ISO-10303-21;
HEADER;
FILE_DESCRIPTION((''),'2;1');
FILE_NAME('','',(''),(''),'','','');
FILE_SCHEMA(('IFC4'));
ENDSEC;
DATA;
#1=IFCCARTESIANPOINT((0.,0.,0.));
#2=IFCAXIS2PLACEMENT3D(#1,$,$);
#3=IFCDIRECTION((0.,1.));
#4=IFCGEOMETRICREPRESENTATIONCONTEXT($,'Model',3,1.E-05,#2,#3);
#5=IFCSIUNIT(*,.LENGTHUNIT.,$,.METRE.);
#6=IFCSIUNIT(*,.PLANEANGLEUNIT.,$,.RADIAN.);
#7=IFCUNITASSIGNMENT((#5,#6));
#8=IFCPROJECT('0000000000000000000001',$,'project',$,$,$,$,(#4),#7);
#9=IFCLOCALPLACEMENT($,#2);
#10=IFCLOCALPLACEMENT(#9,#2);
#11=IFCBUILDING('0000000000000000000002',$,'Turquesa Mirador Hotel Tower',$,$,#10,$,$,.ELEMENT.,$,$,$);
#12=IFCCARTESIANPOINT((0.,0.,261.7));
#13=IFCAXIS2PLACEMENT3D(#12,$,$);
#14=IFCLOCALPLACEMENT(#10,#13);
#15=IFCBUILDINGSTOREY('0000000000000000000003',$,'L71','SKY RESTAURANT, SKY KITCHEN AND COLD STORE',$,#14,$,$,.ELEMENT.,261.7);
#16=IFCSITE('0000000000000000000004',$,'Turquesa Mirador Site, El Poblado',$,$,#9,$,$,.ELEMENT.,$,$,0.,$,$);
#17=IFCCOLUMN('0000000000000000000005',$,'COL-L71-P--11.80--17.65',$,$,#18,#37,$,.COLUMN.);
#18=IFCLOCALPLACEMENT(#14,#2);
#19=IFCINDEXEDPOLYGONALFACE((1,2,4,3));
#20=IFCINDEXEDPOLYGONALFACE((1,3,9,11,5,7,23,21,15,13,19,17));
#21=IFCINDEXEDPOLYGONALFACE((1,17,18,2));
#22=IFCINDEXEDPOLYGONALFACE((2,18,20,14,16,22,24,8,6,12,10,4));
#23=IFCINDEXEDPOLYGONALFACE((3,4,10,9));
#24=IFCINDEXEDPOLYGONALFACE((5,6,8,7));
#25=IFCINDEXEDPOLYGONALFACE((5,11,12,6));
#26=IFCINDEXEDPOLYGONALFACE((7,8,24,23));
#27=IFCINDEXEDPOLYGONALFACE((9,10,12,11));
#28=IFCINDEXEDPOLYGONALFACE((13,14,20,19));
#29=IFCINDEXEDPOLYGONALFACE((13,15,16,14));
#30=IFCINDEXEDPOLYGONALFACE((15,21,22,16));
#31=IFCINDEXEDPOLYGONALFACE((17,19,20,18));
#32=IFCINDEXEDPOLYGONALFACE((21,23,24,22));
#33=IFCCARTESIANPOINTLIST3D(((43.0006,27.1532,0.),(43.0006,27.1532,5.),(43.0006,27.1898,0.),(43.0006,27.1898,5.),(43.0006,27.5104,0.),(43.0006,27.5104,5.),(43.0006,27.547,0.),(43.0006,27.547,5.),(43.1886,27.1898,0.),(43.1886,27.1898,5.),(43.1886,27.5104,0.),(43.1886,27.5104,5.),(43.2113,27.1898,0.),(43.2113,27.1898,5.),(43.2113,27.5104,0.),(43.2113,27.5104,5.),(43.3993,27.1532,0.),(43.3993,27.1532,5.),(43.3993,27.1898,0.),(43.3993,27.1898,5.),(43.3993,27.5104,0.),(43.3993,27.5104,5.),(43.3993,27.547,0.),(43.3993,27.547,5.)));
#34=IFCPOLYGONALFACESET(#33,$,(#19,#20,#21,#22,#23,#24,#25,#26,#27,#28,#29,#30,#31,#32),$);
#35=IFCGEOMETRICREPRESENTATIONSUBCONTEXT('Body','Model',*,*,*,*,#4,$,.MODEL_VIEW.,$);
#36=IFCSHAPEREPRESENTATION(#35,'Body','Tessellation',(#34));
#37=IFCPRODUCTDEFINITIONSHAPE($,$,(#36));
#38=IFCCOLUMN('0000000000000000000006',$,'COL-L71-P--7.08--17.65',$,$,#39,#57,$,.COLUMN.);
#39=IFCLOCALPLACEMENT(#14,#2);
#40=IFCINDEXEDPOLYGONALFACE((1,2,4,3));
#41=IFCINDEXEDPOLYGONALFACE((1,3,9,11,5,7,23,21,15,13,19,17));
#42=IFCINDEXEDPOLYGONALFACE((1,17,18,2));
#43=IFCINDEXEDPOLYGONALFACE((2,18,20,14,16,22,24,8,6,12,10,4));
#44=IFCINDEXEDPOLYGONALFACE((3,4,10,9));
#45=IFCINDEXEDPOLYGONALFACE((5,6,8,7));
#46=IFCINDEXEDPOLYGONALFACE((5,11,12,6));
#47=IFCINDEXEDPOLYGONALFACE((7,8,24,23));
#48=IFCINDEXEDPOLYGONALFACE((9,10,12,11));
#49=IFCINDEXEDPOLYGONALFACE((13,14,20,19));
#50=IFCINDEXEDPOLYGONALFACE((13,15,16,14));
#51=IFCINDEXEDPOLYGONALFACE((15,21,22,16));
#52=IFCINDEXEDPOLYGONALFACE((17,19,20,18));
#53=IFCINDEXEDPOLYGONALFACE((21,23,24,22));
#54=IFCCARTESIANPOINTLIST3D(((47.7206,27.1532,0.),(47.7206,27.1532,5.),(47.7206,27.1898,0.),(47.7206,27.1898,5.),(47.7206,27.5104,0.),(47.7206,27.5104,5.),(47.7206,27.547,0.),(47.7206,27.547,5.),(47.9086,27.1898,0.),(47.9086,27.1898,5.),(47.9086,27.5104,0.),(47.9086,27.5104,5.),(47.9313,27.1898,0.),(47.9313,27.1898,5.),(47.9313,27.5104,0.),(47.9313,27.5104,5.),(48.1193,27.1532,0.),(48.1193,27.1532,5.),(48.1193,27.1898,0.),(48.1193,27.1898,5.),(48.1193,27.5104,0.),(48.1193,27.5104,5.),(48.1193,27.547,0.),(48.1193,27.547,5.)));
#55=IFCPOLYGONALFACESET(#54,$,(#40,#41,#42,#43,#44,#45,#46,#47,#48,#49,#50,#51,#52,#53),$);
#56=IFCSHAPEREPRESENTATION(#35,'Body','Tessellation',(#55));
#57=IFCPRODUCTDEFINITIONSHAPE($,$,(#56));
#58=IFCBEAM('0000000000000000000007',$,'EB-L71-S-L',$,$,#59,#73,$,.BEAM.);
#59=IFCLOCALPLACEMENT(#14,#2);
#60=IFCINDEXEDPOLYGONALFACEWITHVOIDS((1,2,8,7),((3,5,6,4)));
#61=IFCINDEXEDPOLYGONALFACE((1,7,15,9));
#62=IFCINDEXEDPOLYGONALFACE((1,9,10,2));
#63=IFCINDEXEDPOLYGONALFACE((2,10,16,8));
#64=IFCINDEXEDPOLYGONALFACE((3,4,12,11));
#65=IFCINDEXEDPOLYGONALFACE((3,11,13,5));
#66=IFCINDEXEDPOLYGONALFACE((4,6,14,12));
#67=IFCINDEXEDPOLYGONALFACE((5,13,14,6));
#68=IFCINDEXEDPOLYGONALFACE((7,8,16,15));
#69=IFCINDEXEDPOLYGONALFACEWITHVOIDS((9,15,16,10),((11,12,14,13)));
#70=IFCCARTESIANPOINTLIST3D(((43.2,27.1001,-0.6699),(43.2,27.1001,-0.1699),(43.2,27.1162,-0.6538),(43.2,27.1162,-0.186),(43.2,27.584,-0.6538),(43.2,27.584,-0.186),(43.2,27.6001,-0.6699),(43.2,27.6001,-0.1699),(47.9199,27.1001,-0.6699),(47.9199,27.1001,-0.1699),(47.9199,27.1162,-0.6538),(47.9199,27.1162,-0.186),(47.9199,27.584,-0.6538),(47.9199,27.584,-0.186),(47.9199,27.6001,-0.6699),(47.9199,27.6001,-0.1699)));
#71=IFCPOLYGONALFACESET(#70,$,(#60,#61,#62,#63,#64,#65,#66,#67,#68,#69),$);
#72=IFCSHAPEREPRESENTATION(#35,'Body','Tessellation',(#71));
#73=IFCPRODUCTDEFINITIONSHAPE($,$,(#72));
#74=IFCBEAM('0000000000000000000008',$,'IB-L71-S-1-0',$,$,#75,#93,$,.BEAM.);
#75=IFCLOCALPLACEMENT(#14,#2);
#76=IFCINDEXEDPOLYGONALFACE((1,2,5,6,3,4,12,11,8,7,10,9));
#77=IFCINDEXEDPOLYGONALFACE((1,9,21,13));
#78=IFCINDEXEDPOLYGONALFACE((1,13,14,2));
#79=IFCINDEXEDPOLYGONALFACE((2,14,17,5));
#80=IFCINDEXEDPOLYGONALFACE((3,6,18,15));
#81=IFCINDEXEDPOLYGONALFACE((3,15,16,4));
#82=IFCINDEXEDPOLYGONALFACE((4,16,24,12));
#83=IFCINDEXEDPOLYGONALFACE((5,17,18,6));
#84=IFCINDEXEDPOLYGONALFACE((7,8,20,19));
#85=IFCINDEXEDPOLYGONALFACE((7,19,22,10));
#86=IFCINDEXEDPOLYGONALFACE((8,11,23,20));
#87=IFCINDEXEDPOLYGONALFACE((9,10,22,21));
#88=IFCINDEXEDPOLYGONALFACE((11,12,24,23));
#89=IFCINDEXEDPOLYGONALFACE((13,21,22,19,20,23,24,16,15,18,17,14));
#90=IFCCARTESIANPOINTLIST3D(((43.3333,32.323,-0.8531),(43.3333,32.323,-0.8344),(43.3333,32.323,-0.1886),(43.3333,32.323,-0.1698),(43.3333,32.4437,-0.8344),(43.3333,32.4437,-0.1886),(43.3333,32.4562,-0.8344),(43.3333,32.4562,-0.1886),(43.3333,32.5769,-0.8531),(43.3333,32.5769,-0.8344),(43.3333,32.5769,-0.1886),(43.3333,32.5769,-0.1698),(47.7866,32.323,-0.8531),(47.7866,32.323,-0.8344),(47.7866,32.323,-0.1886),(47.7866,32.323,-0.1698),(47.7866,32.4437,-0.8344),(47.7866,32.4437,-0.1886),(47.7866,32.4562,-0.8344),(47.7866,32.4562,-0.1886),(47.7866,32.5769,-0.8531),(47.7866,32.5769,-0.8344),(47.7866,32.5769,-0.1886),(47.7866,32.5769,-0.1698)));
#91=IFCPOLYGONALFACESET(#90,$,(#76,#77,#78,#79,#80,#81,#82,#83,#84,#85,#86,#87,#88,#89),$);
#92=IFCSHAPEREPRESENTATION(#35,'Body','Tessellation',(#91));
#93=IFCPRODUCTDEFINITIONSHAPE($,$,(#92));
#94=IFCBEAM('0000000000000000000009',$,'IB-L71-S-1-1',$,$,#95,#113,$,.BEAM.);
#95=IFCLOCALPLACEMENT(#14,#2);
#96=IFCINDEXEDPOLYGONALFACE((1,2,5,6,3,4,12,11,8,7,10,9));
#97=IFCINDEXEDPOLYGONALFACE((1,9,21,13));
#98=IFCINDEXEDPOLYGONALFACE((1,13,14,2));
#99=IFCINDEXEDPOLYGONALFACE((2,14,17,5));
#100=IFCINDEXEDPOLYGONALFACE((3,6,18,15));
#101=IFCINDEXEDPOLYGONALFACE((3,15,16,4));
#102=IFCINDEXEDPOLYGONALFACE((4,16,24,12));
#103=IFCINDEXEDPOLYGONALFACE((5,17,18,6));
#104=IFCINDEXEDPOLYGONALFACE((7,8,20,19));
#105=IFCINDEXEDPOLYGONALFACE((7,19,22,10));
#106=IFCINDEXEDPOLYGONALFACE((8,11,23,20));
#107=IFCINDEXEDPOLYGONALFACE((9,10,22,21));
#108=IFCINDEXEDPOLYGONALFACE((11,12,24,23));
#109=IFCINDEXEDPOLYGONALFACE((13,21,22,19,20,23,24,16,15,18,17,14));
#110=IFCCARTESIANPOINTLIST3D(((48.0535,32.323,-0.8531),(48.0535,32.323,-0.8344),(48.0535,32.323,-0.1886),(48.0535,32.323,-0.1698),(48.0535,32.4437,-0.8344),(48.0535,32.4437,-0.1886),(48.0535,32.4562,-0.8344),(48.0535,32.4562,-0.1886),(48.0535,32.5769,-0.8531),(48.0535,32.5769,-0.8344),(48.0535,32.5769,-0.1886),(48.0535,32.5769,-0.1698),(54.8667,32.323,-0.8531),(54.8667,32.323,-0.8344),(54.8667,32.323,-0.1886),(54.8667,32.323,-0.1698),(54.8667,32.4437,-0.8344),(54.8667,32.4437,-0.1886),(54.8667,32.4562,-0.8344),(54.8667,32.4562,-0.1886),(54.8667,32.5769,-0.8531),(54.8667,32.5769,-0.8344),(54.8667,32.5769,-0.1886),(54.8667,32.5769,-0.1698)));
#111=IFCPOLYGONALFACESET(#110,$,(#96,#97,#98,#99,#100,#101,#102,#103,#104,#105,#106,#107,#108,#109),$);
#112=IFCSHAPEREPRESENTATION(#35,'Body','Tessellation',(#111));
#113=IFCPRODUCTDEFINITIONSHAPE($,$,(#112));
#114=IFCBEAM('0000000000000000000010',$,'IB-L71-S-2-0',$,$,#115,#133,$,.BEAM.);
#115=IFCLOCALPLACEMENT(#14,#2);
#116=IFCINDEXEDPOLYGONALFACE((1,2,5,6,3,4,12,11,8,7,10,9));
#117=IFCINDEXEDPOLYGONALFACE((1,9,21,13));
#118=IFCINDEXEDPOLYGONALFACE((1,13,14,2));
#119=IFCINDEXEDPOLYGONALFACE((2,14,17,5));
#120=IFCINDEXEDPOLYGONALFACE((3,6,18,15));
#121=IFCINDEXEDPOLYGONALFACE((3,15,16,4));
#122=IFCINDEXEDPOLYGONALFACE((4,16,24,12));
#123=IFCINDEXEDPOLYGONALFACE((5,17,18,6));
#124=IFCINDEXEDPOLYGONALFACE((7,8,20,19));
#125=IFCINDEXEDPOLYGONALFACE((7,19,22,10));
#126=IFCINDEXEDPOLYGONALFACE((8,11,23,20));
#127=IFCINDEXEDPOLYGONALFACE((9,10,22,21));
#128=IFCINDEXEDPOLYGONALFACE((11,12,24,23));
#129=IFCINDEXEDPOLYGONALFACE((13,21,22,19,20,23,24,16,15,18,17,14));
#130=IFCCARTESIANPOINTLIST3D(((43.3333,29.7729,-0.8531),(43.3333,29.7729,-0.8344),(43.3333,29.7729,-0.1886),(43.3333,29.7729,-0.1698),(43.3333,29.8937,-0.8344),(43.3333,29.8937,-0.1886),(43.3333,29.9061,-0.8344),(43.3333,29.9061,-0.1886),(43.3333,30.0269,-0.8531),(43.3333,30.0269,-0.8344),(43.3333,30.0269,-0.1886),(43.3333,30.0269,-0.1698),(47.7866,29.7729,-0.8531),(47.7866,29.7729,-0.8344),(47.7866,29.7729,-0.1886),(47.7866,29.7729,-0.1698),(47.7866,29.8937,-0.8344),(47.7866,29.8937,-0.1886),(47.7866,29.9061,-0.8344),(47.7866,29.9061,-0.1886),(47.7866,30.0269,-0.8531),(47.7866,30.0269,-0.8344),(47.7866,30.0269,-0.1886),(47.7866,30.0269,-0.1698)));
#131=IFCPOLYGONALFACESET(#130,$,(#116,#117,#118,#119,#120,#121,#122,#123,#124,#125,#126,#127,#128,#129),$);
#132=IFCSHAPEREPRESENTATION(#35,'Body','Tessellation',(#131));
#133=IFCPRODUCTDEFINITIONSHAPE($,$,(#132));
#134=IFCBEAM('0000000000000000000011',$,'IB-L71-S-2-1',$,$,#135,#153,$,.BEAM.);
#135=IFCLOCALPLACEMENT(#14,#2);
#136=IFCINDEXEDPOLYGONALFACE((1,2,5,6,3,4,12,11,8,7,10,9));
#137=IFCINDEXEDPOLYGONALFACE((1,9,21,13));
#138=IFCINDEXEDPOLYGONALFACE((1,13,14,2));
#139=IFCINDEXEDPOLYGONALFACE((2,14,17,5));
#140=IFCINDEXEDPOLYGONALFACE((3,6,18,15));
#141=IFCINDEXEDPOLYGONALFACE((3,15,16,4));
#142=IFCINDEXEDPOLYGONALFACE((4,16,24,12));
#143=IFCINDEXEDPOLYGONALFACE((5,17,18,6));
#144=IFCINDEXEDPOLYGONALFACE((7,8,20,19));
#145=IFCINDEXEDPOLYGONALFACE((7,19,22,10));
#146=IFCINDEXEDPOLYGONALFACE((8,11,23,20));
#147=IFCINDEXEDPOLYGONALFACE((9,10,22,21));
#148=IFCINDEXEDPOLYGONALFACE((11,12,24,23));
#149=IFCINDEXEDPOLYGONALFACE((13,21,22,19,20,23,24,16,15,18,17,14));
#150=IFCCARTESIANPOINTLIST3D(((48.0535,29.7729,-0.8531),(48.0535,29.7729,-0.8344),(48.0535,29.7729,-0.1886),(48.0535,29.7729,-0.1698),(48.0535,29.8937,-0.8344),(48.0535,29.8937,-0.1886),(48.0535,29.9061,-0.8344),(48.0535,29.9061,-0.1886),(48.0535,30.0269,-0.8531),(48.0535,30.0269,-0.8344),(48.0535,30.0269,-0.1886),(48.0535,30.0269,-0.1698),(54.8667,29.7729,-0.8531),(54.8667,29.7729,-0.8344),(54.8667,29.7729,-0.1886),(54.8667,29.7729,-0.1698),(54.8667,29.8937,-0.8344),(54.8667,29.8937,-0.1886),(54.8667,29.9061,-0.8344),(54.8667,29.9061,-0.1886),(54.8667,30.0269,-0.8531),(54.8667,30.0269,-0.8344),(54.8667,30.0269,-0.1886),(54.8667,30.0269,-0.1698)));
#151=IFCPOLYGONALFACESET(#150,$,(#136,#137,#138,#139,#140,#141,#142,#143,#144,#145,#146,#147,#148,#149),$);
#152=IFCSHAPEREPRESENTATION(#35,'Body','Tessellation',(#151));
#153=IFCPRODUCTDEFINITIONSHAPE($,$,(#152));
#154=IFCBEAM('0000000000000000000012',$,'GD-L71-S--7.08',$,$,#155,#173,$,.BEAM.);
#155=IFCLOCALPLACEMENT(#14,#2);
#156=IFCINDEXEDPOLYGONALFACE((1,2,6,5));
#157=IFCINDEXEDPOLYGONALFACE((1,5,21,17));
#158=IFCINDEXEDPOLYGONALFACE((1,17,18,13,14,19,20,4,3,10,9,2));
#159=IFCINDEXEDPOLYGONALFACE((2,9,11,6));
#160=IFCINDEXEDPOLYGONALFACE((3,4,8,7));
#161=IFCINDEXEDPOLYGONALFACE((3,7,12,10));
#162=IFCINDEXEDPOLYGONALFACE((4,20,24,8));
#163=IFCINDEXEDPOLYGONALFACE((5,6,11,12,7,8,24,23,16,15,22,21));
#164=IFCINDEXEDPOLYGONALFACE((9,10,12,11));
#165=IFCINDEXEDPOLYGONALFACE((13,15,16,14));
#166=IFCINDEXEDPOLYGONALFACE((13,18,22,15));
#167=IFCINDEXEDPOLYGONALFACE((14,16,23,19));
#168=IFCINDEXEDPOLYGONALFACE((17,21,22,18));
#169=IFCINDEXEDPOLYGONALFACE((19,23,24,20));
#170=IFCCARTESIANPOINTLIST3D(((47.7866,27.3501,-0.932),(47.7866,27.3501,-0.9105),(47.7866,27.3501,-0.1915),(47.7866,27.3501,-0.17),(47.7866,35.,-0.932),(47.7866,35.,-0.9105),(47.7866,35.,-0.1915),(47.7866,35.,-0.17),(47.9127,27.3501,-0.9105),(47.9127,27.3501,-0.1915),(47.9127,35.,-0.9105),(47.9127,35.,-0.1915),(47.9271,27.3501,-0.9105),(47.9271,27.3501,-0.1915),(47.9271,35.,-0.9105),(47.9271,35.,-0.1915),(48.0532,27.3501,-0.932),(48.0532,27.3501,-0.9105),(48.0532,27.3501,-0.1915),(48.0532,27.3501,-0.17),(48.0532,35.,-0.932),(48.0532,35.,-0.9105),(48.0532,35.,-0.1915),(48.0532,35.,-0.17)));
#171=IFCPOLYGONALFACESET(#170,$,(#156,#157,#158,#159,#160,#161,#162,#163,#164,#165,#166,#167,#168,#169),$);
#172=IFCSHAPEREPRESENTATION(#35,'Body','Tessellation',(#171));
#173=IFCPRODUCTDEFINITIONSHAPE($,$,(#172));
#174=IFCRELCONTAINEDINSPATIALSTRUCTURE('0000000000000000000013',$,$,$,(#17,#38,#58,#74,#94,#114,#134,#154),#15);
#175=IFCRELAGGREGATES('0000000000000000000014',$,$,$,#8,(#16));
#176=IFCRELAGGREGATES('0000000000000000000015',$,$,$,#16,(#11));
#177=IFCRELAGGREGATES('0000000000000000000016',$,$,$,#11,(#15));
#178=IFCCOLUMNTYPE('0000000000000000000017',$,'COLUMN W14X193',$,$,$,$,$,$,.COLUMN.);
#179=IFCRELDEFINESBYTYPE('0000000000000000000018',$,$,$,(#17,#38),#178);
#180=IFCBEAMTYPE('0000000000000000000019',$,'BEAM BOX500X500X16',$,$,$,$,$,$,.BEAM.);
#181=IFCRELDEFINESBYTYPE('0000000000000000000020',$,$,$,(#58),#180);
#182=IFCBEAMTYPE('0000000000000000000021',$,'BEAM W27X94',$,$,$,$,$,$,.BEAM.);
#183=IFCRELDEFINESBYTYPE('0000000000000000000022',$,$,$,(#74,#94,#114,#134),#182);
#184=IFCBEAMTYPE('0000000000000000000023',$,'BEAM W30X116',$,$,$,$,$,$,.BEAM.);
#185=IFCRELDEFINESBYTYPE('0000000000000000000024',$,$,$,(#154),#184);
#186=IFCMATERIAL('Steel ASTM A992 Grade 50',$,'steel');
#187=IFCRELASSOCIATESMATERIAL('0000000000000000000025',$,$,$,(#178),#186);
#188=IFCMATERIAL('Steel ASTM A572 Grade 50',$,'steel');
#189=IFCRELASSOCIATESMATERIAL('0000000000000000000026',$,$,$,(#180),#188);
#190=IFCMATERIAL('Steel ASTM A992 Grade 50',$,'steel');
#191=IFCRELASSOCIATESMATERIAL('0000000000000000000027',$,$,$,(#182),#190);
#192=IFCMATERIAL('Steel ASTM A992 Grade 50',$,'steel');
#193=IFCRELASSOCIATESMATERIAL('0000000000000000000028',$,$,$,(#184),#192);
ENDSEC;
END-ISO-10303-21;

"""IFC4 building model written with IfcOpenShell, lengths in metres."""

from ifc_helpers import new_model, si_unit, direction, frame, origin, origin_2d, place, context, subcontext, project, spatial, hollow_rectangle, i_section, extrude, material, material_profile, profile_set, type_object, element, save


model = new_model("IFC4")

# Units and contexts
model_context = context("Model", 3, precision=1e-05, world=origin(), true_north=direction((0.0, 1.0)))
body_context = subcontext(model_context, "Body", "Model", "MODEL_VIEW")
ifc_project = project(units=[si_unit("LENGTHUNIT", "METRE"), si_unit("PLANEANGLEUNIT", "RADIAN")], contexts=[model_context])

# Site, building, storey
site_placement = place(None, origin())
site = spatial("IfcSite", under=ifc_project, at=site_placement, Name="Turquesa Mirador Site, El Poblado", CompositionType="ELEMENT", RefElevation=0.0)
building_placement = place(site_placement, origin())
building = spatial("IfcBuilding", under=site, at=building_placement, Name="Turquesa Mirador Hotel Tower", CompositionType="ELEMENT")
storey_placement = place(building_placement, frame((0.0, 0.0, 261.7)))
storey = spatial("IfcBuildingStorey", under=building, at=storey_placement, Name="L71", Description="SKY RESTAURANT, SKY KITCHEN AND COLD STORE", CompositionType="ELEMENT", Elevation=261.7)

# Columns
ifc_material_1 = material(Name="Steel ASTM A992 Grade 50", Category="steel")
ifc_material_profile_1 = material_profile(ifc_material_1, i_section(OverallWidth=0.3987, OverallDepth=0.3938, WebThickness=0.0227, FlangeThickness=0.0366, at=origin_2d()), Name="W14X193")
ifc_profile_set_1 = profile_set([ifc_material_profile_1], Name="Steel ASTM A992 Grade 50")
column_type = type_object("IfcColumnType", Name="COLUMN W14X193", PredefinedType="COLUMN", material=ifc_profile_set_1)
for number, where, z_axis, x_axis, name in (
    (1, (43.2, 27.3501, 0.0), (0.0, 0.0, 1.0), (1.0, 0.0, 0.0), "COL-L71-P--11.80--17.65"),
    (2, (47.9199, 27.3501, 0.0), (0.0, 0.0, 1.0), (1.0, 0.0, 0.0), "COL-L71-P--7.08--17.65"),
):
    element("IfcColumn", number, at=place(storey_placement, frame(where, z_axis=z_axis, x_axis=x_axis)), inside=storey, type_object=column_type, Name=name, PredefinedType="COLUMN", context=body_context, shape_type="SweptSolid", body=[
        extrude(i_section(OverallWidth=0.3987, OverallDepth=0.3938, WebThickness=0.0227, FlangeThickness=0.0366, at=origin_2d()), origin(), (0.0, 0.0, 1.0), 5.0),
    ])

# Beams
ifc_material_2 = material(Name="Steel ASTM A572 Grade 50", Category="steel")
ifc_material_profile_2 = material_profile(ifc_material_2, hollow_rectangle(XDim=0.5, YDim=0.5, WallThickness=0.0161, at=origin_2d()), Name="BOX500X500X16")
ifc_profile_set_2 = profile_set([ifc_material_profile_2], Name="Steel ASTM A572 Grade 50")
beam_type_1 = type_object("IfcBeamType", Name="BEAM BOX500X500X16", PredefinedType="BEAM", material=ifc_profile_set_2)
beam_1_placement = place(storey_placement, frame((43.2, 27.3501, -0.4199), z_axis=(1.0, 0.0, 0.0), x_axis=(0.0, 1.0, 0.0)))
element("IfcBeam", 3, at=beam_1_placement, inside=storey, type_object=beam_type_1, Name="EB-L71-S-L", PredefinedType="BEAM", context=body_context, shape_type="SweptSolid", body=[
    extrude(hollow_rectangle(XDim=0.5, YDim=0.5, WallThickness=0.0161, at=origin_2d()), origin(), (0.0, 0.0, 1.0), 4.72),
])
ifc_material_3 = material(Name="Steel ASTM A992 Grade 50", Category="steel")
ifc_material_profile_3 = material_profile(ifc_material_3, i_section(OverallWidth=0.2539, OverallDepth=0.6833, WebThickness=0.0125, FlangeThickness=0.0188, at=origin_2d()), Name="W27X94")
ifc_profile_set_3 = profile_set([ifc_material_profile_3], Name="Steel ASTM A992 Grade 50")
beam_type_2 = type_object("IfcBeamType", Name="BEAM W27X94", PredefinedType="BEAM", material=ifc_profile_set_3)
beam_2_placement = place(storey_placement, frame((43.3333, 32.45, -0.5115), z_axis=(1.0, 0.0, 0.0), x_axis=(0.0, 1.0, 0.0)))
element("IfcBeam", 4, at=beam_2_placement, inside=storey, type_object=beam_type_2, Name="IB-L71-S-1-0", PredefinedType="BEAM", context=body_context, shape_type="SweptSolid", body=[
    extrude(i_section(OverallWidth=0.2539, OverallDepth=0.6833, WebThickness=0.0125, FlangeThickness=0.0188, at=origin_2d()), origin(), (0.0, 0.0, 1.0), 4.4534),
])
beam_3_placement = place(storey_placement, frame((48.0535, 32.45, -0.5115), z_axis=(1.0, 0.0, 0.0), x_axis=(0.0, 1.0, 0.0)))
element("IfcBeam", 5, at=beam_3_placement, inside=storey, type_object=beam_type_2, Name="IB-L71-S-1-1", PredefinedType="BEAM", context=body_context, shape_type="SweptSolid", body=[
    extrude(i_section(OverallWidth=0.2539, OverallDepth=0.6833, WebThickness=0.0125, FlangeThickness=0.0188, at=origin_2d()), origin(), (0.0, 0.0, 1.0), 6.8132),
])
beam_4_placement = place(storey_placement, frame((43.3333, 29.8999, -0.5115), z_axis=(1.0, 0.0, 0.0), x_axis=(0.0, 1.0, 0.0)))
element("IfcBeam", 6, at=beam_4_placement, inside=storey, type_object=beam_type_2, Name="IB-L71-S-2-0", PredefinedType="BEAM", context=body_context, shape_type="SweptSolid", body=[
    extrude(i_section(OverallWidth=0.2539, OverallDepth=0.6833, WebThickness=0.0125, FlangeThickness=0.0188, at=origin_2d()), origin(), (0.0, 0.0, 1.0), 4.4534),
])
beam_5_placement = place(storey_placement, frame((48.0535, 29.8999, -0.5115), z_axis=(1.0, 0.0, 0.0), x_axis=(0.0, 1.0, 0.0)))
element("IfcBeam", 7, at=beam_5_placement, inside=storey, type_object=beam_type_2, Name="IB-L71-S-2-1", PredefinedType="BEAM", context=body_context, shape_type="SweptSolid", body=[
    extrude(i_section(OverallWidth=0.2539, OverallDepth=0.6833, WebThickness=0.0125, FlangeThickness=0.0188, at=origin_2d()), origin(), (0.0, 0.0, 1.0), 6.8132),
])
ifc_material_4 = material(Name="Steel ASTM A992 Grade 50", Category="steel")
ifc_material_profile_4 = material_profile(ifc_material_4, i_section(OverallWidth=0.2666, OverallDepth=0.762, WebThickness=0.0144, FlangeThickness=0.0215, at=origin_2d()), Name="W30X116")
ifc_profile_set_4 = profile_set([ifc_material_profile_4], Name="Steel ASTM A992 Grade 50")
beam_type_3 = type_object("IfcBeamType", Name="BEAM W30X116", PredefinedType="BEAM", material=ifc_profile_set_4)
beam_6_placement = place(storey_placement, frame((47.9199, 27.3501, -0.551), z_axis=(0.0, 1.0, 0.0), x_axis=(-1.0, 0.0, 0.0)))
element("IfcBeam", 8, at=beam_6_placement, inside=storey, type_object=beam_type_3, Name="GD-L71-S--7.08", PredefinedType="BEAM", context=body_context, shape_type="SweptSolid", body=[
    extrude(i_section(OverallWidth=0.2666, OverallDepth=0.762, WebThickness=0.0144, FlangeThickness=0.0215, at=origin_2d()), origin(), (0.0, 0.0, 1.0), 7.6499),
])

save(model, "model.ifc")
